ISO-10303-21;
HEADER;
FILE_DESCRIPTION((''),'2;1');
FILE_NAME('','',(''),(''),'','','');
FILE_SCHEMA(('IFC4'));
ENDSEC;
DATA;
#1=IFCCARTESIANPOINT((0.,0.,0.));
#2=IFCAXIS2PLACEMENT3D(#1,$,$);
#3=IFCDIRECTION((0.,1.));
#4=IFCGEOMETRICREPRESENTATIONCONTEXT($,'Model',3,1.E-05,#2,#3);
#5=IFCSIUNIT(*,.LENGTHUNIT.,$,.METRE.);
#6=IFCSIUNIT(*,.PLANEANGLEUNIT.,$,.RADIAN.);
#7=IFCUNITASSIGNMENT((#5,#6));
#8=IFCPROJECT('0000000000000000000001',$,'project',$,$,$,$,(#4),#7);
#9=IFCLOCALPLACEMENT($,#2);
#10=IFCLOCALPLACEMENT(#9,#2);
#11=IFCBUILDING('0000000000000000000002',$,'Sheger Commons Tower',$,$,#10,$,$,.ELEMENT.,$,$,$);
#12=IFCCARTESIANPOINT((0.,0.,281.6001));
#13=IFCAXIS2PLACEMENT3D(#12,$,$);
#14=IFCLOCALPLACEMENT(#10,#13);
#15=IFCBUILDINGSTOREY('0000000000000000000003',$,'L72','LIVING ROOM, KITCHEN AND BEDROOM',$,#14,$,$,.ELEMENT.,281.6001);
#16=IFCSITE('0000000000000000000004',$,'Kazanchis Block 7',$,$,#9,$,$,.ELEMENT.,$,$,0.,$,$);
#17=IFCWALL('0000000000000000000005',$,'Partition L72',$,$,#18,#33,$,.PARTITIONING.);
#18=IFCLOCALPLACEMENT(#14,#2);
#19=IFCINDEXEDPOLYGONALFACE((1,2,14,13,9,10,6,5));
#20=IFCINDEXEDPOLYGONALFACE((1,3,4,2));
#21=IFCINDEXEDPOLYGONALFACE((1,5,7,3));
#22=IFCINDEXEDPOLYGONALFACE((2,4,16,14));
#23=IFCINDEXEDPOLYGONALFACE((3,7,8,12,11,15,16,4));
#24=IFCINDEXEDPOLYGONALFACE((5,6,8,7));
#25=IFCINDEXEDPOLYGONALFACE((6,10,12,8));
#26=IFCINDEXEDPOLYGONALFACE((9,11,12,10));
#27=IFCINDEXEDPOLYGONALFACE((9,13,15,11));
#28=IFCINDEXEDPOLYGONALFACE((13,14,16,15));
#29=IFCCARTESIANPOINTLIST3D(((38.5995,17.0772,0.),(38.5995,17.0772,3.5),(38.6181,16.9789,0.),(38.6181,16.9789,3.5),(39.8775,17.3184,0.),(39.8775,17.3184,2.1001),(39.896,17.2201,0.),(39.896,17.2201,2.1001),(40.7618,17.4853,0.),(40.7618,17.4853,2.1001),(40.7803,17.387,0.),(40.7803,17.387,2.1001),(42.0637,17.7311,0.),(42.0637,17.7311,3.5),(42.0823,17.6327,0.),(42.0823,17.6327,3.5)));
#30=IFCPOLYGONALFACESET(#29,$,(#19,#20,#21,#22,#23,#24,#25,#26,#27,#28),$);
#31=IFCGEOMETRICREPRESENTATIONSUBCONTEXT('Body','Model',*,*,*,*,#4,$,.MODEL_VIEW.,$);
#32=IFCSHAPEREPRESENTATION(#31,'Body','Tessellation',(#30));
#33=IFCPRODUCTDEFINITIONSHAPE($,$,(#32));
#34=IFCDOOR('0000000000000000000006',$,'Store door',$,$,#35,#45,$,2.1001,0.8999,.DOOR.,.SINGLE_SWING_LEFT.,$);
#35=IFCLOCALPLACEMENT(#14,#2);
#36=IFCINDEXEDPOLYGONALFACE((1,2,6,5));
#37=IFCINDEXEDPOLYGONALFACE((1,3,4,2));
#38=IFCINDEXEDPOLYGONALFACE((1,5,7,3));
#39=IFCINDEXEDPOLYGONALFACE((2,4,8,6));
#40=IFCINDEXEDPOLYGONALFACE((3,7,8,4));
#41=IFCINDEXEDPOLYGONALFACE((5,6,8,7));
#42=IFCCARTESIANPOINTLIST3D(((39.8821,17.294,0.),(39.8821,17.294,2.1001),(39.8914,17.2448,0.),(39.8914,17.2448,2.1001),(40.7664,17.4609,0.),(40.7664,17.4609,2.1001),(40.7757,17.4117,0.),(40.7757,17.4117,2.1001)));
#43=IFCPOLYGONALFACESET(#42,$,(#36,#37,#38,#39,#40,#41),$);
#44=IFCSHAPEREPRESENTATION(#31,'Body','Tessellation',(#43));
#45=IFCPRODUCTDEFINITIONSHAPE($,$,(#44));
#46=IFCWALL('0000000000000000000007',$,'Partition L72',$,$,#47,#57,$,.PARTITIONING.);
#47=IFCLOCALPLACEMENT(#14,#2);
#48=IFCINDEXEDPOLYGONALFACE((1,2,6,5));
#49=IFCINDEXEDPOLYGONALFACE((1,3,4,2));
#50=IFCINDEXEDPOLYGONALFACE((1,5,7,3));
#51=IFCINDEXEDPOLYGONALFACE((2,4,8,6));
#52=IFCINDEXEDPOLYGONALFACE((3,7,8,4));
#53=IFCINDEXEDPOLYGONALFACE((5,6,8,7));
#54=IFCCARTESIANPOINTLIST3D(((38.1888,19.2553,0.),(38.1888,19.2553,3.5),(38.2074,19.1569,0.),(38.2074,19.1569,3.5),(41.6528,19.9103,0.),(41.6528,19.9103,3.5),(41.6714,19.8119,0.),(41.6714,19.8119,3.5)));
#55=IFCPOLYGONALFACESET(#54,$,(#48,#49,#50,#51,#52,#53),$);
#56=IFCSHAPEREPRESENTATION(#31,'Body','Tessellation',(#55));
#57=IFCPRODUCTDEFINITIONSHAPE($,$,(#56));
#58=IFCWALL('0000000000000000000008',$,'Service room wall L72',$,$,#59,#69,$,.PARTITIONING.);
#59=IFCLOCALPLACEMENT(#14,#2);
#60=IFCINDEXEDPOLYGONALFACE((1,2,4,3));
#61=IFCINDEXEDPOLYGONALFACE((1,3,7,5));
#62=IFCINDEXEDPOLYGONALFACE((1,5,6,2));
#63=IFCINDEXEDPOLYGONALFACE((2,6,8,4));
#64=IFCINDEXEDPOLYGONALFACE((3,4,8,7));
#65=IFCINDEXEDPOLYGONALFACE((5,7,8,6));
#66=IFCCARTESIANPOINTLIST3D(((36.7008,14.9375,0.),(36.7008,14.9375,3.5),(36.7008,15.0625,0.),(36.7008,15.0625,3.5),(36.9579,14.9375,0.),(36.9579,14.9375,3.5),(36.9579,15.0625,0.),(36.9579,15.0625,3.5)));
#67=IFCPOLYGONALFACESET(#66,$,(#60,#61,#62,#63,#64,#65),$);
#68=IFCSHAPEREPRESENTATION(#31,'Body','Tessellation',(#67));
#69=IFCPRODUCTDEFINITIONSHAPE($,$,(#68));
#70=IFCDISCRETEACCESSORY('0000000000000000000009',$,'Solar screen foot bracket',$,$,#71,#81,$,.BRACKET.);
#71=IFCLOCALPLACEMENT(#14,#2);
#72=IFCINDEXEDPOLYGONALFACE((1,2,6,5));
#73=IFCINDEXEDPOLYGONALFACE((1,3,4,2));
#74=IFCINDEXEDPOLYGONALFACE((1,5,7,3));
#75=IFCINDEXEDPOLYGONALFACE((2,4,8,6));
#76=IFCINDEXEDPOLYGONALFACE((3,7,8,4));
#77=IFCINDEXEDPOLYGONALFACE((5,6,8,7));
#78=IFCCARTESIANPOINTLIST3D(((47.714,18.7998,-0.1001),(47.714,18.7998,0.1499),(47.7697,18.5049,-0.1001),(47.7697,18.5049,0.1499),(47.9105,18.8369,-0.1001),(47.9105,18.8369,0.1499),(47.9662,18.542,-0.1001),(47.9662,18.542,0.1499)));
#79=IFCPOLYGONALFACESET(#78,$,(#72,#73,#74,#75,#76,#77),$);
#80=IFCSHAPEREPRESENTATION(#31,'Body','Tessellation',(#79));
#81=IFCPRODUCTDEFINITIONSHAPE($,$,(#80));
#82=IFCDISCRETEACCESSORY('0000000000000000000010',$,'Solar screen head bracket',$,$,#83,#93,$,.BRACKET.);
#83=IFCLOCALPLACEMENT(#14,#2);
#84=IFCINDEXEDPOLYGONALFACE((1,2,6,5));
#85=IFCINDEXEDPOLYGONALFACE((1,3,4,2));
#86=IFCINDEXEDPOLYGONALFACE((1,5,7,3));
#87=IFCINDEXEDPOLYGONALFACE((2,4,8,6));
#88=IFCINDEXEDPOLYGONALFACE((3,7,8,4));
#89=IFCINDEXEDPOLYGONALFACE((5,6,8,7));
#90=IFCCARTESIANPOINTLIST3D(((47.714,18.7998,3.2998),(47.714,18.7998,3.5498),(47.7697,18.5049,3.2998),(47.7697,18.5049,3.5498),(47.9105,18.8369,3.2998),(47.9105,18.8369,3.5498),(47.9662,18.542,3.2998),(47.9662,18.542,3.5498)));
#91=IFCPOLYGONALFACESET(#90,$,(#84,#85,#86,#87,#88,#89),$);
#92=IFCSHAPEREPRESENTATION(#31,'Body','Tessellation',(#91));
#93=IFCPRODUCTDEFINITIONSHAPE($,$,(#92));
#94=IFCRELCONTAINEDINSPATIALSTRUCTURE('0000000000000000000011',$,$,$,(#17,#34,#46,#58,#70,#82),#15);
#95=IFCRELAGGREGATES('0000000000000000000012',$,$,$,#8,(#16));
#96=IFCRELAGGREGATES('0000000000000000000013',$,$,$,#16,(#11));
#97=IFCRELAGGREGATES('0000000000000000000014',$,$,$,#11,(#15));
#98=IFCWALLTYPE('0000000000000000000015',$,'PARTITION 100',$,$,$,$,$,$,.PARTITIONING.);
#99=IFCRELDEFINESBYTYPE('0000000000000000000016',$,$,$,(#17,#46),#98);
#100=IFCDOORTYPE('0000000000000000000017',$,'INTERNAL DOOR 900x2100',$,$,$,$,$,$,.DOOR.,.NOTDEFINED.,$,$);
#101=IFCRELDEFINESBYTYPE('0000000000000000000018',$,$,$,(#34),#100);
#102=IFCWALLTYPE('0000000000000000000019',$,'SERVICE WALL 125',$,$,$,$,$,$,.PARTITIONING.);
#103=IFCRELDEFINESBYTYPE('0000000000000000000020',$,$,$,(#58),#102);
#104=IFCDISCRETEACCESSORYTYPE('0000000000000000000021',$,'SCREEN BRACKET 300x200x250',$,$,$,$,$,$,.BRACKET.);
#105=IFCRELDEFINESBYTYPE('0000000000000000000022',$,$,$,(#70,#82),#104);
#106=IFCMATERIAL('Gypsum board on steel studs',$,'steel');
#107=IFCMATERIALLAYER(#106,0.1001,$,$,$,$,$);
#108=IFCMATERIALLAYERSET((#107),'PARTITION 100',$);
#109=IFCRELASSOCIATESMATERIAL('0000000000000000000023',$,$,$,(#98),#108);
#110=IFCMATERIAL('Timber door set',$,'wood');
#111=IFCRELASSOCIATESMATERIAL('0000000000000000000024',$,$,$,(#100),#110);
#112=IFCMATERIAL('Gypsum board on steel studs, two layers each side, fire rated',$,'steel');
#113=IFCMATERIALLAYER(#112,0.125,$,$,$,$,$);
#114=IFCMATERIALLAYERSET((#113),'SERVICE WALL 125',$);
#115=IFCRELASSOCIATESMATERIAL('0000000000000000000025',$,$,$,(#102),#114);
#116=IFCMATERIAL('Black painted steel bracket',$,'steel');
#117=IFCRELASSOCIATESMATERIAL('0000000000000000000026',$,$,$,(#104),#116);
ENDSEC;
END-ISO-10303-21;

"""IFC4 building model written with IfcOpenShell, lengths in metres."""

from ifc_helpers import new_model, si_unit, direction, frame, frame_2d, origin, origin_2d, place, context, subcontext, project, spatial, rectangle, extrude, material, layer, layer_set, type_object, element, fill, save


model = new_model("IFC4")

# Units and contexts
model_context = context("Model", 3, precision=1e-05, world=origin(), true_north=direction((0.0, 1.0)))
body_context = subcontext(model_context, "Body", "Model", "MODEL_VIEW")
ifc_project = project(units=[si_unit("LENGTHUNIT", "METRE"), si_unit("PLANEANGLEUNIT", "RADIAN")], contexts=[model_context])

# Site, building, storey
site_placement = place(None, origin())
site = spatial("IfcSite", under=ifc_project, at=site_placement, Name="Kazanchis Block 7", CompositionType="ELEMENT", RefElevation=0.0)
building_placement = place(site_placement, origin())
building = spatial("IfcBuilding", under=site, at=building_placement, Name="Sheger Commons Tower", CompositionType="ELEMENT")
storey_placement = place(building_placement, frame((0.0, 0.0, 281.6001)))
storey = spatial("IfcBuildingStorey", under=building, at=storey_placement, Name="L72", Description="LIVING ROOM, KITCHEN AND BEDROOM", CompositionType="ELEMENT", Elevation=281.6001)

# Shared definitions
ifc_material_1 = material(Name="Gypsum board on steel studs", Category="steel")
ifc_layer_1 = layer(ifc_material_1, 0.1001)
ifc_layer_set_1 = layer_set([ifc_layer_1], Name="PARTITION 100")
wall_type_1 = type_object("IfcWallType", Name="PARTITION 100", PredefinedType="PARTITIONING", material=ifc_layer_set_1)

# Wall, opening, door
wall_1_placement = place(storey_placement, frame((42.073, 17.6819, 0.0), z_axis=(0.0, 0.0, 1.0), x_axis=(-0.982651, -0.185463, 0.0)))
wall_1 = element("IfcWall", 1, at=wall_1_placement, inside=storey, type_object=wall_type_1, Name="Partition L72", PredefinedType="PARTITIONING", context=body_context, shape_type="SweptSolid", body=[
    extrude(rectangle(XDim=3.5254, YDim=0.1001, at=frame_2d((1.7627, 0.0))), origin(), (0.0, 0.0, 1.0), 3.5),
])
opening_placement = place(wall_1_placement, frame((1.325, 0.0, 0.0)))
opening = element("IfcOpeningElement", 2, at=opening_placement, cuts=wall_1, PredefinedType="OPENING", context=body_context, shape_type="SweptSolid", body=[
    extrude(rectangle(XDim=0.8999, YDim=2.1001, at=frame_2d((0.45, 1.05))), frame((0.0, 0.0601, 0.0), z_axis=(0.0, -1.0, 0.0), x_axis=(1.0, 0.0, 0.0)), (0.0, 0.0, 1.0), 0.1201),
])
ifc_material_2 = material(Name="Timber door set", Category="wood")
door_type = type_object("IfcDoorType", Name="INTERNAL DOOR 900x2100", OperationType="NOTDEFINED", PredefinedType="DOOR", material=ifc_material_2)
door_placement = place(opening_placement, origin())
door = element("IfcDoor", 3, at=door_placement, inside=storey, type_object=door_type, Name="Store door", OperationType="SINGLE_SWING_LEFT", OverallHeight=2.1001, OverallWidth=0.8999, PredefinedType="DOOR", context=body_context, shape_type="SweptSolid", body=[
    extrude(rectangle(XDim=0.8999, YDim=2.1001, at=frame_2d((0.45, 1.05))), frame((0.0, 0.0249, 0.0), z_axis=(0.0, -1.0, 0.0), x_axis=(1.0, 0.0, 0.0)), (0.0, 0.0, 1.0), 0.05),
])
fill(opening, door)

# Walls
wall_2_placement = place(storey_placement, frame((41.6621, 19.8611, 0.0), z_axis=(0.0, 0.0, 1.0), x_axis=(-0.982588, -0.185798, 0.0)))
element("IfcWall", 4, at=wall_2_placement, inside=storey, type_object=wall_type_1, Name="Partition L72", PredefinedType="PARTITIONING", context=body_context, shape_type="SweptSolid", body=[
    extrude(rectangle(XDim=3.5254, YDim=0.1001, at=frame_2d((1.7627, 0.0))), origin(), (0.0, 0.0, 1.0), 3.5),
])
ifc_material_3 = material(Name="Gypsum board on steel studs, two layers each side, fire rated", Category="steel")
ifc_layer_2 = layer(ifc_material_3, 0.125)
ifc_layer_set_2 = layer_set([ifc_layer_2], Name="SERVICE WALL 125")
wall_type_2 = type_object("IfcWallType", Name="SERVICE WALL 125", PredefinedType="PARTITIONING", material=ifc_layer_set_2)
wall_3_placement = place(storey_placement, frame((36.7009, 15.0, 0.0), z_axis=(0.0, 0.0, 1.0), x_axis=(1.0, 0.0, 0.0)))
element("IfcWall", 5, at=wall_3_placement, inside=storey, type_object=wall_type_2, Name="Service room wall L72", PredefinedType="PARTITIONING", context=body_context, shape_type="SweptSolid", body=[
    extrude(rectangle(XDim=0.2571, YDim=0.125, at=frame_2d((0.1284, 0.0))), origin(), (0.0, 0.0, 1.0), 3.5),
])

# Discrete accessories
ifc_material_4 = material(Name="Black painted steel bracket", Category="steel")
discrete_accessory_type = type_object("IfcDiscreteAccessoryType", Name="SCREEN BRACKET 300x200x250", PredefinedType="BRACKET", material=ifc_material_4)
for number, where, z_axis, x_axis, name in (
    (6, (47.8401, 18.6709, -0.1001), (0.0, 0.0, 1.0), (-0.185615, 0.982623, 0.0), "Solar screen foot bracket"),
    (7, (47.8401, 18.6709, 3.2998), (0.0, 0.0, 1.0), (-0.185615, 0.982623, 0.0), "Solar screen head bracket"),
):
    element("IfcDiscreteAccessory", number, at=place(storey_placement, frame(where, z_axis=z_axis, x_axis=x_axis)), inside=storey, type_object=discrete_accessory_type, Name=name, PredefinedType="BRACKET", context=body_context, shape_type="SweptSolid", body=[
        extrude(rectangle(XDim=0.3, YDim=0.2, at=origin_2d()), origin(), (0.0, 0.0, 1.0), 0.25),
    ])

save(model, "model.ifc")
